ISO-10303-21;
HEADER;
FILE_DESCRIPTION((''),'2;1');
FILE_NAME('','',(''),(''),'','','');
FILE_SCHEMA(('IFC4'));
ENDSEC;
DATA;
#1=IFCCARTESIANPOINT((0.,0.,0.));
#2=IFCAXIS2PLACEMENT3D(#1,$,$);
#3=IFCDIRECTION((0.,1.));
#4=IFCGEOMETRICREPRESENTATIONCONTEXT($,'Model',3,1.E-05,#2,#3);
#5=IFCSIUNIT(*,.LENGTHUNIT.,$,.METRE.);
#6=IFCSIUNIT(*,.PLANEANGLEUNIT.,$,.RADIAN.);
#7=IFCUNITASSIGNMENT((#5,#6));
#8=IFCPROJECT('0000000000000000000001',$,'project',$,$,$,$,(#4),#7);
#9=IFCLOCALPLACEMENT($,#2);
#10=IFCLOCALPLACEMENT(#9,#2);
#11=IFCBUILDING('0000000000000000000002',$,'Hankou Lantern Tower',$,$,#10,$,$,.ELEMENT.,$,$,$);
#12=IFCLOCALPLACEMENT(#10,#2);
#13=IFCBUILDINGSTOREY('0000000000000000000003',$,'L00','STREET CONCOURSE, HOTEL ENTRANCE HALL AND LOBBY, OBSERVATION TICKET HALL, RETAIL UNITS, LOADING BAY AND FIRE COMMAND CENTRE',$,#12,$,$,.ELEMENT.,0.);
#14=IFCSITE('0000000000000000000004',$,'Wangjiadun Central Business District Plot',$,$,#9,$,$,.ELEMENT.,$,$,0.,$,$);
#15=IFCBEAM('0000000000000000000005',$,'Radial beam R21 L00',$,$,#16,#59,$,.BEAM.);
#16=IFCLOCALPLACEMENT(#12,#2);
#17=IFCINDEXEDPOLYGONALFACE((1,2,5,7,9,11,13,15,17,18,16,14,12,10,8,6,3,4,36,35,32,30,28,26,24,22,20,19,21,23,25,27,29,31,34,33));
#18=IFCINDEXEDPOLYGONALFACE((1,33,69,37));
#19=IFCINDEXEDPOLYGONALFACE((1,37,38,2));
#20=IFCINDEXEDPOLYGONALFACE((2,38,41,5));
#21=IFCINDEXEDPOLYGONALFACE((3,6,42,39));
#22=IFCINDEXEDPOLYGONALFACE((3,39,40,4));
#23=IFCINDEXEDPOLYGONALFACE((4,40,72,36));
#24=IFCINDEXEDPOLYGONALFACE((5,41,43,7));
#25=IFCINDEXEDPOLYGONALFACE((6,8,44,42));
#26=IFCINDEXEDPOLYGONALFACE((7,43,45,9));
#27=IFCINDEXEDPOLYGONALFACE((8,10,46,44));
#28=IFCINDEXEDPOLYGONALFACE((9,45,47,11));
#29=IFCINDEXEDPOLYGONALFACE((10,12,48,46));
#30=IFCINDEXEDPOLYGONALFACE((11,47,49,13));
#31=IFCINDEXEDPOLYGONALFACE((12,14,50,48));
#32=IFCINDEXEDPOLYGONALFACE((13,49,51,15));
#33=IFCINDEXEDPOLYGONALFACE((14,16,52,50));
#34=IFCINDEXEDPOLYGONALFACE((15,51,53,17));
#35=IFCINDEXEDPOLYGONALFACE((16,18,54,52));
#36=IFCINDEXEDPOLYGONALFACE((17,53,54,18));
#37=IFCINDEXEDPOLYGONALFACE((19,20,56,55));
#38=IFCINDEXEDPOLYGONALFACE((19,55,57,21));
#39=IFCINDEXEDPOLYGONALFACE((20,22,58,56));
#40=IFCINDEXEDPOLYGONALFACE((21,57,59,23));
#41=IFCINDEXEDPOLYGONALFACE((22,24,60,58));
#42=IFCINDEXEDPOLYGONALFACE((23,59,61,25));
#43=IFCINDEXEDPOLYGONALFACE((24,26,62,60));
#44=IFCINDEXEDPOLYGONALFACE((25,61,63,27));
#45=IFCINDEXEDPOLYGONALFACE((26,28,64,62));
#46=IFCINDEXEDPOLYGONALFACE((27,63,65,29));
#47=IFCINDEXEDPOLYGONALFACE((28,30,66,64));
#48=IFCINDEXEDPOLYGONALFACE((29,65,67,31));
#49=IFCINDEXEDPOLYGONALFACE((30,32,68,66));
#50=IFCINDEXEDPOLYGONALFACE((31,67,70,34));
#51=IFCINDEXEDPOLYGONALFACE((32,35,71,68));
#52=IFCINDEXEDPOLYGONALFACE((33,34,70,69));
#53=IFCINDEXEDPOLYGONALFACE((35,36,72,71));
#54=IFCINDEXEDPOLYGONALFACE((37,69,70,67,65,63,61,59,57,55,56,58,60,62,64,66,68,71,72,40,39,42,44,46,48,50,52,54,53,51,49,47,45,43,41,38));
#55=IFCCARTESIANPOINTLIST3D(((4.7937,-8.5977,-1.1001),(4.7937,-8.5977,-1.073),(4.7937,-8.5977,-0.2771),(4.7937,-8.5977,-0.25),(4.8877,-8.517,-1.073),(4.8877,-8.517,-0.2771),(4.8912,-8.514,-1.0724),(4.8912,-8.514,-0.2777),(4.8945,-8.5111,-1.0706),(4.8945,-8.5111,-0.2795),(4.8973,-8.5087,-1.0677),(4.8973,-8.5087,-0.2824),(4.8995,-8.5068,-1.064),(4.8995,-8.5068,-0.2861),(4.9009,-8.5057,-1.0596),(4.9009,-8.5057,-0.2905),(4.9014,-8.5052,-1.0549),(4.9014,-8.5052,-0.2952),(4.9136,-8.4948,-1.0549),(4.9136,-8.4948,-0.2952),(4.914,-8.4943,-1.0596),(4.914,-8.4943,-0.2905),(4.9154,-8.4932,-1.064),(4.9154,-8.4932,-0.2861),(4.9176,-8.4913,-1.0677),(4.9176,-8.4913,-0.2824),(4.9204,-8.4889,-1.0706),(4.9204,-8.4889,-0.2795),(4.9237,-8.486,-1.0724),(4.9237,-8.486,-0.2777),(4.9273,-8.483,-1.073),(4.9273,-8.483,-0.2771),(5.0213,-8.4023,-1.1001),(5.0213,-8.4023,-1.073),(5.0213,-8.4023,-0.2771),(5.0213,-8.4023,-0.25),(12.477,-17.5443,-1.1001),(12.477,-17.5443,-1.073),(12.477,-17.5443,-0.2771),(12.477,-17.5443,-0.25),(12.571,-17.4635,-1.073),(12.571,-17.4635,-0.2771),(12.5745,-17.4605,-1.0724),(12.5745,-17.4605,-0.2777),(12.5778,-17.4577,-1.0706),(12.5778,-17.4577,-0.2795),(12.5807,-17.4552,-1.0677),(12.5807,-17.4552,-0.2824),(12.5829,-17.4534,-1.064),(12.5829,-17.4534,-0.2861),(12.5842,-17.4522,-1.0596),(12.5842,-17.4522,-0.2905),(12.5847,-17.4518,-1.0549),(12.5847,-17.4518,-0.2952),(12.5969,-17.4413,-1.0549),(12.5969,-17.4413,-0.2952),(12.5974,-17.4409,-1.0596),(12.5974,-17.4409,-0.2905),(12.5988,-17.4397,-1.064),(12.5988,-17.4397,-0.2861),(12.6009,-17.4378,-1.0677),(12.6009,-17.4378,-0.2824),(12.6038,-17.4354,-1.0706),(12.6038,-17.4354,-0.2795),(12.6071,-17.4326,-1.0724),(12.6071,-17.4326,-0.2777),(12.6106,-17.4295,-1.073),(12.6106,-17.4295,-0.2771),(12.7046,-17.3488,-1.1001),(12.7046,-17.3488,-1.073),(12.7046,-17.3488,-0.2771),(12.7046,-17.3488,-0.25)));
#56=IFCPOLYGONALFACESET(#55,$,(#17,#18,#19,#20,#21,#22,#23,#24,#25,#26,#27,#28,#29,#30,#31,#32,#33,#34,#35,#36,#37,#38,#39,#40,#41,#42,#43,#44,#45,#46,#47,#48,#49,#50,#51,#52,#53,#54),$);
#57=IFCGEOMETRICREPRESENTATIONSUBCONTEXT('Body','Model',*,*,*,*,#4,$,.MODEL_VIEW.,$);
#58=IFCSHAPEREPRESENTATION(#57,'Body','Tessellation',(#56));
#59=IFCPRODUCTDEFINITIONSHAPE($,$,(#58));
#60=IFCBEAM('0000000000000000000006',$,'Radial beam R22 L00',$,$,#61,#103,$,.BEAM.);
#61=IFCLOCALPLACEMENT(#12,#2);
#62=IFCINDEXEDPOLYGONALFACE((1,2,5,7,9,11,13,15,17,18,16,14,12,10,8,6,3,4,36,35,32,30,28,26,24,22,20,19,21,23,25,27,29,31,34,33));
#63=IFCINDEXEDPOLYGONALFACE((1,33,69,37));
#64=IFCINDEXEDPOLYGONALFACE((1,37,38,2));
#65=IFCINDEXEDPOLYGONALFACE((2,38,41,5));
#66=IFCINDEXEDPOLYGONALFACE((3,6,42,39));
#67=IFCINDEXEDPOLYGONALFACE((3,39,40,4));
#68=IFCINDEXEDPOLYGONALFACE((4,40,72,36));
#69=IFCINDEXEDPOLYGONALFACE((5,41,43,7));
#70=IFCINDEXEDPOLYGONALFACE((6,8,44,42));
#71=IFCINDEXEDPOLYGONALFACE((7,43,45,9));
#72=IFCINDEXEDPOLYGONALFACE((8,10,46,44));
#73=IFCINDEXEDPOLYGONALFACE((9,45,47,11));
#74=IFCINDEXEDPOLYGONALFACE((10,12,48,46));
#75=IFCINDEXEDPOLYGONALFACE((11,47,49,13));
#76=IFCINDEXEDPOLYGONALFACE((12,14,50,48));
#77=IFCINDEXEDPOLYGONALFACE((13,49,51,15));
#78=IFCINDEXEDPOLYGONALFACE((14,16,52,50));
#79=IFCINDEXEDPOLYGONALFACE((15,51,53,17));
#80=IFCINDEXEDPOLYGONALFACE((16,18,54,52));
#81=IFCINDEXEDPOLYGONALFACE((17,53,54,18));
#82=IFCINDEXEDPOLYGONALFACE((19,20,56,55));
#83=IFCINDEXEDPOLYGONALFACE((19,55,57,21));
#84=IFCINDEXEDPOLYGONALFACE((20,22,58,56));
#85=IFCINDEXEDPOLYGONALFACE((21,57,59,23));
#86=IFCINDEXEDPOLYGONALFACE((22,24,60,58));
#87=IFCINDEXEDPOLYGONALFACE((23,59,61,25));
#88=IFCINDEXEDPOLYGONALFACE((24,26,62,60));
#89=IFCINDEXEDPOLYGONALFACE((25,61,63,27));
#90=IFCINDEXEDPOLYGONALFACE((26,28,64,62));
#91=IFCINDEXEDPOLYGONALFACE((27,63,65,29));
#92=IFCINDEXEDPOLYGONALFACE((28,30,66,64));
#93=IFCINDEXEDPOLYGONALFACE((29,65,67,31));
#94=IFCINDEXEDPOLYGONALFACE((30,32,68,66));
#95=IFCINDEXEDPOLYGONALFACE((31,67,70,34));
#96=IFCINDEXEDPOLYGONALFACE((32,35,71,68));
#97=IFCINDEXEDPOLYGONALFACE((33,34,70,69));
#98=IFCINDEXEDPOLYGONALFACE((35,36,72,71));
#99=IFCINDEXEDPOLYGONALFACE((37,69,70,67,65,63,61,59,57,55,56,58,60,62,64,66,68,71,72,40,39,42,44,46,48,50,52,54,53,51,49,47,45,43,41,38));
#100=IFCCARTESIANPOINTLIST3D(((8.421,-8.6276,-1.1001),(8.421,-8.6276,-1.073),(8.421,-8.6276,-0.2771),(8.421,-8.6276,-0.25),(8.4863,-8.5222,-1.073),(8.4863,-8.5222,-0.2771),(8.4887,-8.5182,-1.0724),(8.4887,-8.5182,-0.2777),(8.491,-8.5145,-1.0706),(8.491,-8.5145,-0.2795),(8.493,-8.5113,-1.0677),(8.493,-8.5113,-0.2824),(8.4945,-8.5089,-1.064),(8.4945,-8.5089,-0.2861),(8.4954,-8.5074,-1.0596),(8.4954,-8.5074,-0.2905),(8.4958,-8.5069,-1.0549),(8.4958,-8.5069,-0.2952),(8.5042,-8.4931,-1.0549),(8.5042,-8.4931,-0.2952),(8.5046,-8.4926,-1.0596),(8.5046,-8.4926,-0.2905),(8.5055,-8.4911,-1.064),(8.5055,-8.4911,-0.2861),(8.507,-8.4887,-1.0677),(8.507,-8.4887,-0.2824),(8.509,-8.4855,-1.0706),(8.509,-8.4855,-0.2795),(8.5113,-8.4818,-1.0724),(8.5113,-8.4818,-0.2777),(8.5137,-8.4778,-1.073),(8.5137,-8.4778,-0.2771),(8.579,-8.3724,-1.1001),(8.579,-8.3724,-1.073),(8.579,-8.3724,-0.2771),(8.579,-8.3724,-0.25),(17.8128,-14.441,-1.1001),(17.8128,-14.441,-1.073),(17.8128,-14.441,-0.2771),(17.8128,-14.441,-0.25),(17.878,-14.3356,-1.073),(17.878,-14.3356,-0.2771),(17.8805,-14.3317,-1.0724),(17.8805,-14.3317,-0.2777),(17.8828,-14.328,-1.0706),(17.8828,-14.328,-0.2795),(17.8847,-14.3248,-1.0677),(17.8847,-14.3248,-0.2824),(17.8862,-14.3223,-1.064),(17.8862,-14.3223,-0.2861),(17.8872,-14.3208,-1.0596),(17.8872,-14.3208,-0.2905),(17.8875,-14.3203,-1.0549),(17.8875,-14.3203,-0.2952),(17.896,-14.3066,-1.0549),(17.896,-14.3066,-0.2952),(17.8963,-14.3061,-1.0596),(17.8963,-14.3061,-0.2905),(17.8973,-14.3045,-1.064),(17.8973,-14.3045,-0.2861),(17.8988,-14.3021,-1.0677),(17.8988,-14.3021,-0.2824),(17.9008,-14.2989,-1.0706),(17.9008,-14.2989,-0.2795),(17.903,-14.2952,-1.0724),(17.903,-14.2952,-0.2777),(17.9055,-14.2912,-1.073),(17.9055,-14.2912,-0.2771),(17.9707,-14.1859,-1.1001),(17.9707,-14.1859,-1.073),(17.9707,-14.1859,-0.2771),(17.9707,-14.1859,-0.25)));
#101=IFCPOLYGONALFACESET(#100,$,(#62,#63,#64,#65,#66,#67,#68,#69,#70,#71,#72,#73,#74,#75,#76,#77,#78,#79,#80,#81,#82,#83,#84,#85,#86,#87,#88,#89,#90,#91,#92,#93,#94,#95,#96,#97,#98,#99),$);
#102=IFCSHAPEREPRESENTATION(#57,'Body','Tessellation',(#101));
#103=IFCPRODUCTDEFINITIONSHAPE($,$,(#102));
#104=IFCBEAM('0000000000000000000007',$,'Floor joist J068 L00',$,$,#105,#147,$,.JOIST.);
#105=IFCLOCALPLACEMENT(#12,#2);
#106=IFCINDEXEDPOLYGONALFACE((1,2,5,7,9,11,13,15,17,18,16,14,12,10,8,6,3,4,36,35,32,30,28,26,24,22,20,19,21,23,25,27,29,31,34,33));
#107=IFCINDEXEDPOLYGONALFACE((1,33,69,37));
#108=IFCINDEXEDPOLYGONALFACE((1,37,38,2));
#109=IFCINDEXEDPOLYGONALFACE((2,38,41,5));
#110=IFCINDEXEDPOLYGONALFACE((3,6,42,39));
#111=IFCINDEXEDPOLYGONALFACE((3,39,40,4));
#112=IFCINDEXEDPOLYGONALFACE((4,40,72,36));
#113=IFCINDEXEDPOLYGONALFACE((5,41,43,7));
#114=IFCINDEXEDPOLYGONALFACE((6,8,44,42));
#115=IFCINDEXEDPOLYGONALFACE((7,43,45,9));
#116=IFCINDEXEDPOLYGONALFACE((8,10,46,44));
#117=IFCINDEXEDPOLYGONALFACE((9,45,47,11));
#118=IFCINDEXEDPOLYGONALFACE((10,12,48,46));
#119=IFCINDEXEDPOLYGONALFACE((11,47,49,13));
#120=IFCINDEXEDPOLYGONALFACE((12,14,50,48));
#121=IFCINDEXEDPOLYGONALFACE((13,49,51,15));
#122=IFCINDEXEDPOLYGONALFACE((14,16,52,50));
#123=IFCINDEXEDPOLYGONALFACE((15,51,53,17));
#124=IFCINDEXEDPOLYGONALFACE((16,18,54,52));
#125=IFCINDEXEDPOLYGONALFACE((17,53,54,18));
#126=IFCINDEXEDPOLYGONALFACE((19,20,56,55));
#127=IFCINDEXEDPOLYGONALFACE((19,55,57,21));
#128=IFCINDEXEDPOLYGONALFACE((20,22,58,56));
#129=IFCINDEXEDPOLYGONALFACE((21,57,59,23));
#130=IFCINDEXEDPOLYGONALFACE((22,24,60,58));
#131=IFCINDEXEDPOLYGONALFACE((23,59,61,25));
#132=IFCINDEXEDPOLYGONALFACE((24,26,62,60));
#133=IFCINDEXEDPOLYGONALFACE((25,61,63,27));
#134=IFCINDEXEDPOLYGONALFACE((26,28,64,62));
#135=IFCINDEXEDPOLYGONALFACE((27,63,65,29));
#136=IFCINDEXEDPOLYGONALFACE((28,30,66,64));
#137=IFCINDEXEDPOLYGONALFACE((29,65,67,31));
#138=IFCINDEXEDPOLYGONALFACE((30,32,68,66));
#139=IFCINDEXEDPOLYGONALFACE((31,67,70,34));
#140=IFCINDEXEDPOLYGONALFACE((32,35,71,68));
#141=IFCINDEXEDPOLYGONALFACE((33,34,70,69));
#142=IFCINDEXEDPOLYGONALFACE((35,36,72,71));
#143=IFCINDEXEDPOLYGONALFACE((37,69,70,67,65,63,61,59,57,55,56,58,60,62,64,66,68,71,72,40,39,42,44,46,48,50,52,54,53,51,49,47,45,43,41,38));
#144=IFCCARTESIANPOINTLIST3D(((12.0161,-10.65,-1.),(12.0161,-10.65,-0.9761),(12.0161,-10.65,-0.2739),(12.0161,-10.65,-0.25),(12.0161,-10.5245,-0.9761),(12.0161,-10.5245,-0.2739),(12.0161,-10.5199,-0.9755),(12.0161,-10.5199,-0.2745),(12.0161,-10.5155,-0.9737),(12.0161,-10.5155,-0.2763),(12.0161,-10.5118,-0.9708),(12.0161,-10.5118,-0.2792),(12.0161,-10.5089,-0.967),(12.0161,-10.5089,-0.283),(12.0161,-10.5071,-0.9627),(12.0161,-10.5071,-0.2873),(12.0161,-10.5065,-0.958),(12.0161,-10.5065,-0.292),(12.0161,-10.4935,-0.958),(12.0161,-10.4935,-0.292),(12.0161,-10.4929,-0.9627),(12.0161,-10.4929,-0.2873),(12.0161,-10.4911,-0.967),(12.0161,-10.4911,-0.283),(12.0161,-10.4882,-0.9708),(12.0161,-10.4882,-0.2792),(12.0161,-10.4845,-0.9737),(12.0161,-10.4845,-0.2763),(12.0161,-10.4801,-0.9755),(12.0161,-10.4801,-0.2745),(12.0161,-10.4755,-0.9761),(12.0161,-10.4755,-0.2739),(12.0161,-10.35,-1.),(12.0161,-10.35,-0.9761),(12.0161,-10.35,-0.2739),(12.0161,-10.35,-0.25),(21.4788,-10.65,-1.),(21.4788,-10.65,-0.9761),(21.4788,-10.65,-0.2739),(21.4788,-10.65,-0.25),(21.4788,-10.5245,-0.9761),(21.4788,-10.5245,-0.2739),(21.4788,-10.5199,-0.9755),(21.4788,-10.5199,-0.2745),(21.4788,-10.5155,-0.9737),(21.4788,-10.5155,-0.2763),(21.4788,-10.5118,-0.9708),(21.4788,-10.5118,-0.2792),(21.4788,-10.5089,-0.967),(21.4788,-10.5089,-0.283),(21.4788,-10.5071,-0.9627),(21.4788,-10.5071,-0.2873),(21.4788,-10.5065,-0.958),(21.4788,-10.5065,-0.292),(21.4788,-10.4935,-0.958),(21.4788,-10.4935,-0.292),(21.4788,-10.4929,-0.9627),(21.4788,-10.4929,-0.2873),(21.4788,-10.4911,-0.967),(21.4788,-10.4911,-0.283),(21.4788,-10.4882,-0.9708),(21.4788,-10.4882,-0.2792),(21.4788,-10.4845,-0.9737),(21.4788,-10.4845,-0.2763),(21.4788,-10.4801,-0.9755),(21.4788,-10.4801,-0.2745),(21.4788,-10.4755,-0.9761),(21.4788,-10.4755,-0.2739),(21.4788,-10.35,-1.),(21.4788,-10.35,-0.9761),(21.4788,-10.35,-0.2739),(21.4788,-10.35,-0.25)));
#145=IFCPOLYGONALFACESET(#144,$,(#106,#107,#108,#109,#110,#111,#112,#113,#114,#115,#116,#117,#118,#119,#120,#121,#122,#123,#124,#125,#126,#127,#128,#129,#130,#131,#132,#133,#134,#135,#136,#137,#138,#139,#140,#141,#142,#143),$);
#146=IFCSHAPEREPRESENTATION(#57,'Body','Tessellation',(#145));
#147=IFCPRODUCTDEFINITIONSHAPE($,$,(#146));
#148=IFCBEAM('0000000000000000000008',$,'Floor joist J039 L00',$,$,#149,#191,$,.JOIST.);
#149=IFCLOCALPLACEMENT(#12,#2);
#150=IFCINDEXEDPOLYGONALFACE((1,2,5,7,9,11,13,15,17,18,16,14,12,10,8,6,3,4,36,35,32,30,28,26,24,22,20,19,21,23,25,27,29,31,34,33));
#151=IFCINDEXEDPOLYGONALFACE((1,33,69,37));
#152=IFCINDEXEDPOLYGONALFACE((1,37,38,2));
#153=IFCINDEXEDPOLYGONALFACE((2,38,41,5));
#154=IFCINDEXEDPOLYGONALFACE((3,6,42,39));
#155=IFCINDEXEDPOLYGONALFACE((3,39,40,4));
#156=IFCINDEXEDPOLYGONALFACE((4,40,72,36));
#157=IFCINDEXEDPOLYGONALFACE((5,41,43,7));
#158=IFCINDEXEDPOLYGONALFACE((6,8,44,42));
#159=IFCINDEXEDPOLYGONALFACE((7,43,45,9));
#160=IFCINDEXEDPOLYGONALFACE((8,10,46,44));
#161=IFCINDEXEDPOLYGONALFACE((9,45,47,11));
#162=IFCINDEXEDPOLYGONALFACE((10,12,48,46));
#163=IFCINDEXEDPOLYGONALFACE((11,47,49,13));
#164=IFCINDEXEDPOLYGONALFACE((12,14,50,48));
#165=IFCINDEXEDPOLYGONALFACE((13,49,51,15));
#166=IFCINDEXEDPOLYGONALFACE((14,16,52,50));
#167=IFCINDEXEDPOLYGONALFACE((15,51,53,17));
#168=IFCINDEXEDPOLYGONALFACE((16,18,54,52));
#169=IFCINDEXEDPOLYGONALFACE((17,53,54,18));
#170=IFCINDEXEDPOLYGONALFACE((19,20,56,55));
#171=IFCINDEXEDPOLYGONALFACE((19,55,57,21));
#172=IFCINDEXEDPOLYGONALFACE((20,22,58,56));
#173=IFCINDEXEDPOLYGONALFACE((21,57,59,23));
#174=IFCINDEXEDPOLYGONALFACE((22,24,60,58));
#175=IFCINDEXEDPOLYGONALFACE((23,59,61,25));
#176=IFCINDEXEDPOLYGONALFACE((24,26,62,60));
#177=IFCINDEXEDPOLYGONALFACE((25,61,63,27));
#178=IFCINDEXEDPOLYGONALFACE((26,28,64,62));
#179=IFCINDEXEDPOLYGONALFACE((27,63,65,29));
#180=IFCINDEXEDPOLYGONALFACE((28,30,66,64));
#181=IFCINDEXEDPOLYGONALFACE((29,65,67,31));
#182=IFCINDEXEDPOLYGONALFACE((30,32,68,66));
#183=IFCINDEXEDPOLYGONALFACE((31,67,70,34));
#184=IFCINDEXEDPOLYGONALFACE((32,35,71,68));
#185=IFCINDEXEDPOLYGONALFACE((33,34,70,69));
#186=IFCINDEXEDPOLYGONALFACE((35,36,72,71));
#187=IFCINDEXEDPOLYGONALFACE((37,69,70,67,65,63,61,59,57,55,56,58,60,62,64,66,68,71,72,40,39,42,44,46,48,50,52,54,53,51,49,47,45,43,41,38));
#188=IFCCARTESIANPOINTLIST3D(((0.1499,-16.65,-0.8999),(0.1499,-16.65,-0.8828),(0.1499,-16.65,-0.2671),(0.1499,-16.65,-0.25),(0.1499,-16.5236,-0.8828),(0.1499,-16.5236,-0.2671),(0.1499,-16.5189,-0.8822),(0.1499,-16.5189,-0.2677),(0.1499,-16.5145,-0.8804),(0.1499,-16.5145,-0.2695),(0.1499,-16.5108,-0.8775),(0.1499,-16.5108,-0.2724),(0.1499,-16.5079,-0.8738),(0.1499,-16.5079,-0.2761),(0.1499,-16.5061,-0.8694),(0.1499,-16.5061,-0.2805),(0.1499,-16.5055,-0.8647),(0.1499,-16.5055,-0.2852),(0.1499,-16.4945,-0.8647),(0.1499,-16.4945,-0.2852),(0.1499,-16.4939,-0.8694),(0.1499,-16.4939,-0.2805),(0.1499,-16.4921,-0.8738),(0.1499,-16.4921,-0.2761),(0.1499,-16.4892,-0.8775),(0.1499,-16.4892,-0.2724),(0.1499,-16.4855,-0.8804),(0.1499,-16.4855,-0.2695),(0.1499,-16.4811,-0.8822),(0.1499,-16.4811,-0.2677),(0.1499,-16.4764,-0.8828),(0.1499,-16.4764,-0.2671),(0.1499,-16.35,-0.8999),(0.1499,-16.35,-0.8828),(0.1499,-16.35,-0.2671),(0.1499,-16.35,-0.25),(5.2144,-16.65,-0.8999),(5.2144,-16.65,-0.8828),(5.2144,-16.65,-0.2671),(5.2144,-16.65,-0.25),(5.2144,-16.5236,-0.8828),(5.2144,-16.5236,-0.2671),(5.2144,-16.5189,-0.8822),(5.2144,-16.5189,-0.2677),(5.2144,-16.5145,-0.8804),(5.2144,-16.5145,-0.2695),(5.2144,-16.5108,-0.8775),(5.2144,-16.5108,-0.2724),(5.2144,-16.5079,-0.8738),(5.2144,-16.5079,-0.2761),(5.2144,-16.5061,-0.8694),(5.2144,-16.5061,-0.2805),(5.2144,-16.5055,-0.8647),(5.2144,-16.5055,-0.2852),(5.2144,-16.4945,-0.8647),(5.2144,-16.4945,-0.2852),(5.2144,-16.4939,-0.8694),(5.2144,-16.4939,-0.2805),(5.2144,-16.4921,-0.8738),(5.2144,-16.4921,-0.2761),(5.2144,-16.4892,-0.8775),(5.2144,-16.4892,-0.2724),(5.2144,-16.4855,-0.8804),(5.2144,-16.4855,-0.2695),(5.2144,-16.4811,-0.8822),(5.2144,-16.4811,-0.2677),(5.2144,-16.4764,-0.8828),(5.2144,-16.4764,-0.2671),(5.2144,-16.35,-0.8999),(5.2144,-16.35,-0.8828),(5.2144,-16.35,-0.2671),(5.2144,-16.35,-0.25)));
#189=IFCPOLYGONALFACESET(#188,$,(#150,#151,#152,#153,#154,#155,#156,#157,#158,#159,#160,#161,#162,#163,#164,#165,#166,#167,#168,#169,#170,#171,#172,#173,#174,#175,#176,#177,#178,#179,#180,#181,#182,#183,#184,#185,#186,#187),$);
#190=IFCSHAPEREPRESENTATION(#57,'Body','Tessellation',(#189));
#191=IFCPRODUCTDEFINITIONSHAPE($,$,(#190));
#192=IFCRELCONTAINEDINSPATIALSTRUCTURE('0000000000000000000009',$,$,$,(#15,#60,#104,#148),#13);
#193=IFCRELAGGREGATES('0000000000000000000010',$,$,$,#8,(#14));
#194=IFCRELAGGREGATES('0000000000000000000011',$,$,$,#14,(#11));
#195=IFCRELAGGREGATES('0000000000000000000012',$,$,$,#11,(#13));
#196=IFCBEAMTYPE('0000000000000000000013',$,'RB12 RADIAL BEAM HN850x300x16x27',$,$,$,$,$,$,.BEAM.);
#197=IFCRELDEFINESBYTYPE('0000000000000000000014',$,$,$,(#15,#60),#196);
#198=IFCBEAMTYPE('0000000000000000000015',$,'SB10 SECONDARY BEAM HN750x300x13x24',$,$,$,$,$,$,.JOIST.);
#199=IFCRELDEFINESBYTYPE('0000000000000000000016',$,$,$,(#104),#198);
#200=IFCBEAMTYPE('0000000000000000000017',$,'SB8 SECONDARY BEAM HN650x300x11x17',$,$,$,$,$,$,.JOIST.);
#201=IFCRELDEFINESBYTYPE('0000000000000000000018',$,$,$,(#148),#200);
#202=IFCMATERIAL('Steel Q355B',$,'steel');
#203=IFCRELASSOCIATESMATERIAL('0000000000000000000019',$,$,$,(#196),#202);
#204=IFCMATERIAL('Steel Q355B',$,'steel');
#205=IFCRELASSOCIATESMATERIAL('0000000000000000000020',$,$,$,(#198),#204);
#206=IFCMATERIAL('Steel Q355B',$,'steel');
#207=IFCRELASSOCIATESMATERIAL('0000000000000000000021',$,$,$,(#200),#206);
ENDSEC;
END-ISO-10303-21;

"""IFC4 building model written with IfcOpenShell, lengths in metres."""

from ifc_helpers import new_model, si_unit, direction, frame, origin, origin_2d, place, context, subcontext, project, spatial, i_section, extrude, material, material_profile, profile_set, type_object, element, save


model = new_model("IFC4")

# Units and contexts
model_context = context("Model", 3, precision=1e-05, world=origin(), true_north=direction((0.0, 1.0)))
body_context = subcontext(model_context, "Body", "Model", "MODEL_VIEW")
ifc_project = project(units=[si_unit("LENGTHUNIT", "METRE"), si_unit("PLANEANGLEUNIT", "RADIAN")], contexts=[model_context])

# Site, building, storey
site_placement = place(None, origin())
site = spatial("IfcSite", under=ifc_project, at=site_placement, Name="Wangjiadun Central Business District Plot", CompositionType="ELEMENT", RefElevation=0.0)
building_placement = place(site_placement, origin())
building = spatial("IfcBuilding", under=site, at=building_placement, Name="Hankou Lantern Tower", CompositionType="ELEMENT")
storey_placement = place(building_placement, origin())
storey = spatial("IfcBuildingStorey", under=building, at=storey_placement, Name="L00", Description="STREET CONCOURSE, HOTEL ENTRANCE HALL AND LOBBY, OBSERVATION TICKET HALL, RETAIL UNITS, LOADING BAY AND FIRE COMMAND CENTRE", CompositionType="ELEMENT", Elevation=0.0)

# Beams
ifc_material_1 = material(Name="Steel Q355B", Category="steel")
ifc_material_profile_1 = material_profile(ifc_material_1, i_section(OverallWidth=0.3, OverallDepth=0.8501, WebThickness=0.0161, FlangeThickness=0.0271, FilletRadius=0.0181, at=origin_2d()), Name="HN850x300x16x27")
ifc_profile_set_1 = profile_set([ifc_material_profile_1], Name="Steel Q355B")
beam_type_1 = type_object("IfcBeamType", Name="RB12 RADIAL BEAM HN850x300x16x27", PredefinedType="BEAM", material=ifc_profile_set_1)
beam_1_placement = place(storey_placement, frame((4.9075, -8.5, -0.675), z_axis=(0.651519, -0.758632, 0.0), x_axis=(0.758632, 0.651519, 0.0)))
element("IfcBeam", 1, at=beam_1_placement, inside=storey, type_object=beam_type_1, Name="Radial beam R21 L00", PredefinedType="BEAM", context=body_context, shape_type="SweptSolid", body=[
    extrude(i_section(OverallWidth=0.3, OverallDepth=0.8501, WebThickness=0.0161, FlangeThickness=0.0271, FilletRadius=0.0181, at=origin_2d()), origin(), (0.0, 0.0, 1.0), 11.793),
])
beam_2_placement = place(storey_placement, frame((8.5, -8.5, -0.675), z_axis=(0.850286, -0.52632, 0.0), x_axis=(0.52632, 0.850286, 0.0)))
element("IfcBeam", 2, at=beam_2_placement, inside=storey, type_object=beam_type_1, Name="Radial beam R22 L00", PredefinedType="BEAM", context=body_context, shape_type="SweptSolid", body=[
    extrude(i_section(OverallWidth=0.3, OverallDepth=0.8501, WebThickness=0.0161, FlangeThickness=0.0271, FilletRadius=0.0181, at=origin_2d()), origin(), (0.0, 0.0, 1.0), 11.0454),
])
ifc_material_2 = material(Name="Steel Q355B", Category="steel")
ifc_material_profile_2 = material_profile(ifc_material_2, i_section(OverallWidth=0.3, OverallDepth=0.75, WebThickness=0.0129, FlangeThickness=0.0239, FilletRadius=0.0181, at=origin_2d()), Name="HN750x300x13x24")
ifc_profile_set_2 = profile_set([ifc_material_profile_2], Name="Steel Q355B")
beam_type_2 = type_object("IfcBeamType", Name="SB10 SECONDARY BEAM HN750x300x13x24", PredefinedType="JOIST", material=ifc_profile_set_2)
beam_3_placement = place(storey_placement, frame((12.0161, -10.5, -0.625), z_axis=(1.0, 0.0, 0.0), x_axis=(0.0, 1.0, 0.0)))
element("IfcBeam", 3, at=beam_3_placement, inside=storey, type_object=beam_type_2, Name="Floor joist J068 L00", PredefinedType="JOIST", context=body_context, shape_type="SweptSolid", body=[
    extrude(i_section(OverallWidth=0.3, OverallDepth=0.75, WebThickness=0.0129, FlangeThickness=0.0239, FilletRadius=0.0181, at=origin_2d()), origin(), (0.0, 0.0, 1.0), 9.4626),
])
ifc_material_3 = material(Name="Steel Q355B", Category="steel")
ifc_material_profile_3 = material_profile(ifc_material_3, i_section(OverallWidth=0.3, OverallDepth=0.6499, WebThickness=0.011, FlangeThickness=0.0171, FilletRadius=0.0181, at=origin_2d()), Name="HN650x300x11x17")
ifc_profile_set_3 = profile_set([ifc_material_profile_3], Name="Steel Q355B")
beam_type_3 = type_object("IfcBeamType", Name="SB8 SECONDARY BEAM HN650x300x11x17", PredefinedType="JOIST", material=ifc_profile_set_3)
beam_4_placement = place(storey_placement, frame((0.1499, -16.5, -0.575), z_axis=(1.0, 0.0, 0.0), x_axis=(0.0, 1.0, 0.0)))
element("IfcBeam", 4, at=beam_4_placement, inside=storey, type_object=beam_type_3, Name="Floor joist J039 L00", PredefinedType="JOIST", context=body_context, shape_type="SweptSolid", body=[
    extrude(i_section(OverallWidth=0.3, OverallDepth=0.6499, WebThickness=0.011, FlangeThickness=0.0171, FilletRadius=0.0181, at=origin_2d()), origin(), (0.0, 0.0, 1.0), 5.0645),
])

save(model, "model.ifc")
